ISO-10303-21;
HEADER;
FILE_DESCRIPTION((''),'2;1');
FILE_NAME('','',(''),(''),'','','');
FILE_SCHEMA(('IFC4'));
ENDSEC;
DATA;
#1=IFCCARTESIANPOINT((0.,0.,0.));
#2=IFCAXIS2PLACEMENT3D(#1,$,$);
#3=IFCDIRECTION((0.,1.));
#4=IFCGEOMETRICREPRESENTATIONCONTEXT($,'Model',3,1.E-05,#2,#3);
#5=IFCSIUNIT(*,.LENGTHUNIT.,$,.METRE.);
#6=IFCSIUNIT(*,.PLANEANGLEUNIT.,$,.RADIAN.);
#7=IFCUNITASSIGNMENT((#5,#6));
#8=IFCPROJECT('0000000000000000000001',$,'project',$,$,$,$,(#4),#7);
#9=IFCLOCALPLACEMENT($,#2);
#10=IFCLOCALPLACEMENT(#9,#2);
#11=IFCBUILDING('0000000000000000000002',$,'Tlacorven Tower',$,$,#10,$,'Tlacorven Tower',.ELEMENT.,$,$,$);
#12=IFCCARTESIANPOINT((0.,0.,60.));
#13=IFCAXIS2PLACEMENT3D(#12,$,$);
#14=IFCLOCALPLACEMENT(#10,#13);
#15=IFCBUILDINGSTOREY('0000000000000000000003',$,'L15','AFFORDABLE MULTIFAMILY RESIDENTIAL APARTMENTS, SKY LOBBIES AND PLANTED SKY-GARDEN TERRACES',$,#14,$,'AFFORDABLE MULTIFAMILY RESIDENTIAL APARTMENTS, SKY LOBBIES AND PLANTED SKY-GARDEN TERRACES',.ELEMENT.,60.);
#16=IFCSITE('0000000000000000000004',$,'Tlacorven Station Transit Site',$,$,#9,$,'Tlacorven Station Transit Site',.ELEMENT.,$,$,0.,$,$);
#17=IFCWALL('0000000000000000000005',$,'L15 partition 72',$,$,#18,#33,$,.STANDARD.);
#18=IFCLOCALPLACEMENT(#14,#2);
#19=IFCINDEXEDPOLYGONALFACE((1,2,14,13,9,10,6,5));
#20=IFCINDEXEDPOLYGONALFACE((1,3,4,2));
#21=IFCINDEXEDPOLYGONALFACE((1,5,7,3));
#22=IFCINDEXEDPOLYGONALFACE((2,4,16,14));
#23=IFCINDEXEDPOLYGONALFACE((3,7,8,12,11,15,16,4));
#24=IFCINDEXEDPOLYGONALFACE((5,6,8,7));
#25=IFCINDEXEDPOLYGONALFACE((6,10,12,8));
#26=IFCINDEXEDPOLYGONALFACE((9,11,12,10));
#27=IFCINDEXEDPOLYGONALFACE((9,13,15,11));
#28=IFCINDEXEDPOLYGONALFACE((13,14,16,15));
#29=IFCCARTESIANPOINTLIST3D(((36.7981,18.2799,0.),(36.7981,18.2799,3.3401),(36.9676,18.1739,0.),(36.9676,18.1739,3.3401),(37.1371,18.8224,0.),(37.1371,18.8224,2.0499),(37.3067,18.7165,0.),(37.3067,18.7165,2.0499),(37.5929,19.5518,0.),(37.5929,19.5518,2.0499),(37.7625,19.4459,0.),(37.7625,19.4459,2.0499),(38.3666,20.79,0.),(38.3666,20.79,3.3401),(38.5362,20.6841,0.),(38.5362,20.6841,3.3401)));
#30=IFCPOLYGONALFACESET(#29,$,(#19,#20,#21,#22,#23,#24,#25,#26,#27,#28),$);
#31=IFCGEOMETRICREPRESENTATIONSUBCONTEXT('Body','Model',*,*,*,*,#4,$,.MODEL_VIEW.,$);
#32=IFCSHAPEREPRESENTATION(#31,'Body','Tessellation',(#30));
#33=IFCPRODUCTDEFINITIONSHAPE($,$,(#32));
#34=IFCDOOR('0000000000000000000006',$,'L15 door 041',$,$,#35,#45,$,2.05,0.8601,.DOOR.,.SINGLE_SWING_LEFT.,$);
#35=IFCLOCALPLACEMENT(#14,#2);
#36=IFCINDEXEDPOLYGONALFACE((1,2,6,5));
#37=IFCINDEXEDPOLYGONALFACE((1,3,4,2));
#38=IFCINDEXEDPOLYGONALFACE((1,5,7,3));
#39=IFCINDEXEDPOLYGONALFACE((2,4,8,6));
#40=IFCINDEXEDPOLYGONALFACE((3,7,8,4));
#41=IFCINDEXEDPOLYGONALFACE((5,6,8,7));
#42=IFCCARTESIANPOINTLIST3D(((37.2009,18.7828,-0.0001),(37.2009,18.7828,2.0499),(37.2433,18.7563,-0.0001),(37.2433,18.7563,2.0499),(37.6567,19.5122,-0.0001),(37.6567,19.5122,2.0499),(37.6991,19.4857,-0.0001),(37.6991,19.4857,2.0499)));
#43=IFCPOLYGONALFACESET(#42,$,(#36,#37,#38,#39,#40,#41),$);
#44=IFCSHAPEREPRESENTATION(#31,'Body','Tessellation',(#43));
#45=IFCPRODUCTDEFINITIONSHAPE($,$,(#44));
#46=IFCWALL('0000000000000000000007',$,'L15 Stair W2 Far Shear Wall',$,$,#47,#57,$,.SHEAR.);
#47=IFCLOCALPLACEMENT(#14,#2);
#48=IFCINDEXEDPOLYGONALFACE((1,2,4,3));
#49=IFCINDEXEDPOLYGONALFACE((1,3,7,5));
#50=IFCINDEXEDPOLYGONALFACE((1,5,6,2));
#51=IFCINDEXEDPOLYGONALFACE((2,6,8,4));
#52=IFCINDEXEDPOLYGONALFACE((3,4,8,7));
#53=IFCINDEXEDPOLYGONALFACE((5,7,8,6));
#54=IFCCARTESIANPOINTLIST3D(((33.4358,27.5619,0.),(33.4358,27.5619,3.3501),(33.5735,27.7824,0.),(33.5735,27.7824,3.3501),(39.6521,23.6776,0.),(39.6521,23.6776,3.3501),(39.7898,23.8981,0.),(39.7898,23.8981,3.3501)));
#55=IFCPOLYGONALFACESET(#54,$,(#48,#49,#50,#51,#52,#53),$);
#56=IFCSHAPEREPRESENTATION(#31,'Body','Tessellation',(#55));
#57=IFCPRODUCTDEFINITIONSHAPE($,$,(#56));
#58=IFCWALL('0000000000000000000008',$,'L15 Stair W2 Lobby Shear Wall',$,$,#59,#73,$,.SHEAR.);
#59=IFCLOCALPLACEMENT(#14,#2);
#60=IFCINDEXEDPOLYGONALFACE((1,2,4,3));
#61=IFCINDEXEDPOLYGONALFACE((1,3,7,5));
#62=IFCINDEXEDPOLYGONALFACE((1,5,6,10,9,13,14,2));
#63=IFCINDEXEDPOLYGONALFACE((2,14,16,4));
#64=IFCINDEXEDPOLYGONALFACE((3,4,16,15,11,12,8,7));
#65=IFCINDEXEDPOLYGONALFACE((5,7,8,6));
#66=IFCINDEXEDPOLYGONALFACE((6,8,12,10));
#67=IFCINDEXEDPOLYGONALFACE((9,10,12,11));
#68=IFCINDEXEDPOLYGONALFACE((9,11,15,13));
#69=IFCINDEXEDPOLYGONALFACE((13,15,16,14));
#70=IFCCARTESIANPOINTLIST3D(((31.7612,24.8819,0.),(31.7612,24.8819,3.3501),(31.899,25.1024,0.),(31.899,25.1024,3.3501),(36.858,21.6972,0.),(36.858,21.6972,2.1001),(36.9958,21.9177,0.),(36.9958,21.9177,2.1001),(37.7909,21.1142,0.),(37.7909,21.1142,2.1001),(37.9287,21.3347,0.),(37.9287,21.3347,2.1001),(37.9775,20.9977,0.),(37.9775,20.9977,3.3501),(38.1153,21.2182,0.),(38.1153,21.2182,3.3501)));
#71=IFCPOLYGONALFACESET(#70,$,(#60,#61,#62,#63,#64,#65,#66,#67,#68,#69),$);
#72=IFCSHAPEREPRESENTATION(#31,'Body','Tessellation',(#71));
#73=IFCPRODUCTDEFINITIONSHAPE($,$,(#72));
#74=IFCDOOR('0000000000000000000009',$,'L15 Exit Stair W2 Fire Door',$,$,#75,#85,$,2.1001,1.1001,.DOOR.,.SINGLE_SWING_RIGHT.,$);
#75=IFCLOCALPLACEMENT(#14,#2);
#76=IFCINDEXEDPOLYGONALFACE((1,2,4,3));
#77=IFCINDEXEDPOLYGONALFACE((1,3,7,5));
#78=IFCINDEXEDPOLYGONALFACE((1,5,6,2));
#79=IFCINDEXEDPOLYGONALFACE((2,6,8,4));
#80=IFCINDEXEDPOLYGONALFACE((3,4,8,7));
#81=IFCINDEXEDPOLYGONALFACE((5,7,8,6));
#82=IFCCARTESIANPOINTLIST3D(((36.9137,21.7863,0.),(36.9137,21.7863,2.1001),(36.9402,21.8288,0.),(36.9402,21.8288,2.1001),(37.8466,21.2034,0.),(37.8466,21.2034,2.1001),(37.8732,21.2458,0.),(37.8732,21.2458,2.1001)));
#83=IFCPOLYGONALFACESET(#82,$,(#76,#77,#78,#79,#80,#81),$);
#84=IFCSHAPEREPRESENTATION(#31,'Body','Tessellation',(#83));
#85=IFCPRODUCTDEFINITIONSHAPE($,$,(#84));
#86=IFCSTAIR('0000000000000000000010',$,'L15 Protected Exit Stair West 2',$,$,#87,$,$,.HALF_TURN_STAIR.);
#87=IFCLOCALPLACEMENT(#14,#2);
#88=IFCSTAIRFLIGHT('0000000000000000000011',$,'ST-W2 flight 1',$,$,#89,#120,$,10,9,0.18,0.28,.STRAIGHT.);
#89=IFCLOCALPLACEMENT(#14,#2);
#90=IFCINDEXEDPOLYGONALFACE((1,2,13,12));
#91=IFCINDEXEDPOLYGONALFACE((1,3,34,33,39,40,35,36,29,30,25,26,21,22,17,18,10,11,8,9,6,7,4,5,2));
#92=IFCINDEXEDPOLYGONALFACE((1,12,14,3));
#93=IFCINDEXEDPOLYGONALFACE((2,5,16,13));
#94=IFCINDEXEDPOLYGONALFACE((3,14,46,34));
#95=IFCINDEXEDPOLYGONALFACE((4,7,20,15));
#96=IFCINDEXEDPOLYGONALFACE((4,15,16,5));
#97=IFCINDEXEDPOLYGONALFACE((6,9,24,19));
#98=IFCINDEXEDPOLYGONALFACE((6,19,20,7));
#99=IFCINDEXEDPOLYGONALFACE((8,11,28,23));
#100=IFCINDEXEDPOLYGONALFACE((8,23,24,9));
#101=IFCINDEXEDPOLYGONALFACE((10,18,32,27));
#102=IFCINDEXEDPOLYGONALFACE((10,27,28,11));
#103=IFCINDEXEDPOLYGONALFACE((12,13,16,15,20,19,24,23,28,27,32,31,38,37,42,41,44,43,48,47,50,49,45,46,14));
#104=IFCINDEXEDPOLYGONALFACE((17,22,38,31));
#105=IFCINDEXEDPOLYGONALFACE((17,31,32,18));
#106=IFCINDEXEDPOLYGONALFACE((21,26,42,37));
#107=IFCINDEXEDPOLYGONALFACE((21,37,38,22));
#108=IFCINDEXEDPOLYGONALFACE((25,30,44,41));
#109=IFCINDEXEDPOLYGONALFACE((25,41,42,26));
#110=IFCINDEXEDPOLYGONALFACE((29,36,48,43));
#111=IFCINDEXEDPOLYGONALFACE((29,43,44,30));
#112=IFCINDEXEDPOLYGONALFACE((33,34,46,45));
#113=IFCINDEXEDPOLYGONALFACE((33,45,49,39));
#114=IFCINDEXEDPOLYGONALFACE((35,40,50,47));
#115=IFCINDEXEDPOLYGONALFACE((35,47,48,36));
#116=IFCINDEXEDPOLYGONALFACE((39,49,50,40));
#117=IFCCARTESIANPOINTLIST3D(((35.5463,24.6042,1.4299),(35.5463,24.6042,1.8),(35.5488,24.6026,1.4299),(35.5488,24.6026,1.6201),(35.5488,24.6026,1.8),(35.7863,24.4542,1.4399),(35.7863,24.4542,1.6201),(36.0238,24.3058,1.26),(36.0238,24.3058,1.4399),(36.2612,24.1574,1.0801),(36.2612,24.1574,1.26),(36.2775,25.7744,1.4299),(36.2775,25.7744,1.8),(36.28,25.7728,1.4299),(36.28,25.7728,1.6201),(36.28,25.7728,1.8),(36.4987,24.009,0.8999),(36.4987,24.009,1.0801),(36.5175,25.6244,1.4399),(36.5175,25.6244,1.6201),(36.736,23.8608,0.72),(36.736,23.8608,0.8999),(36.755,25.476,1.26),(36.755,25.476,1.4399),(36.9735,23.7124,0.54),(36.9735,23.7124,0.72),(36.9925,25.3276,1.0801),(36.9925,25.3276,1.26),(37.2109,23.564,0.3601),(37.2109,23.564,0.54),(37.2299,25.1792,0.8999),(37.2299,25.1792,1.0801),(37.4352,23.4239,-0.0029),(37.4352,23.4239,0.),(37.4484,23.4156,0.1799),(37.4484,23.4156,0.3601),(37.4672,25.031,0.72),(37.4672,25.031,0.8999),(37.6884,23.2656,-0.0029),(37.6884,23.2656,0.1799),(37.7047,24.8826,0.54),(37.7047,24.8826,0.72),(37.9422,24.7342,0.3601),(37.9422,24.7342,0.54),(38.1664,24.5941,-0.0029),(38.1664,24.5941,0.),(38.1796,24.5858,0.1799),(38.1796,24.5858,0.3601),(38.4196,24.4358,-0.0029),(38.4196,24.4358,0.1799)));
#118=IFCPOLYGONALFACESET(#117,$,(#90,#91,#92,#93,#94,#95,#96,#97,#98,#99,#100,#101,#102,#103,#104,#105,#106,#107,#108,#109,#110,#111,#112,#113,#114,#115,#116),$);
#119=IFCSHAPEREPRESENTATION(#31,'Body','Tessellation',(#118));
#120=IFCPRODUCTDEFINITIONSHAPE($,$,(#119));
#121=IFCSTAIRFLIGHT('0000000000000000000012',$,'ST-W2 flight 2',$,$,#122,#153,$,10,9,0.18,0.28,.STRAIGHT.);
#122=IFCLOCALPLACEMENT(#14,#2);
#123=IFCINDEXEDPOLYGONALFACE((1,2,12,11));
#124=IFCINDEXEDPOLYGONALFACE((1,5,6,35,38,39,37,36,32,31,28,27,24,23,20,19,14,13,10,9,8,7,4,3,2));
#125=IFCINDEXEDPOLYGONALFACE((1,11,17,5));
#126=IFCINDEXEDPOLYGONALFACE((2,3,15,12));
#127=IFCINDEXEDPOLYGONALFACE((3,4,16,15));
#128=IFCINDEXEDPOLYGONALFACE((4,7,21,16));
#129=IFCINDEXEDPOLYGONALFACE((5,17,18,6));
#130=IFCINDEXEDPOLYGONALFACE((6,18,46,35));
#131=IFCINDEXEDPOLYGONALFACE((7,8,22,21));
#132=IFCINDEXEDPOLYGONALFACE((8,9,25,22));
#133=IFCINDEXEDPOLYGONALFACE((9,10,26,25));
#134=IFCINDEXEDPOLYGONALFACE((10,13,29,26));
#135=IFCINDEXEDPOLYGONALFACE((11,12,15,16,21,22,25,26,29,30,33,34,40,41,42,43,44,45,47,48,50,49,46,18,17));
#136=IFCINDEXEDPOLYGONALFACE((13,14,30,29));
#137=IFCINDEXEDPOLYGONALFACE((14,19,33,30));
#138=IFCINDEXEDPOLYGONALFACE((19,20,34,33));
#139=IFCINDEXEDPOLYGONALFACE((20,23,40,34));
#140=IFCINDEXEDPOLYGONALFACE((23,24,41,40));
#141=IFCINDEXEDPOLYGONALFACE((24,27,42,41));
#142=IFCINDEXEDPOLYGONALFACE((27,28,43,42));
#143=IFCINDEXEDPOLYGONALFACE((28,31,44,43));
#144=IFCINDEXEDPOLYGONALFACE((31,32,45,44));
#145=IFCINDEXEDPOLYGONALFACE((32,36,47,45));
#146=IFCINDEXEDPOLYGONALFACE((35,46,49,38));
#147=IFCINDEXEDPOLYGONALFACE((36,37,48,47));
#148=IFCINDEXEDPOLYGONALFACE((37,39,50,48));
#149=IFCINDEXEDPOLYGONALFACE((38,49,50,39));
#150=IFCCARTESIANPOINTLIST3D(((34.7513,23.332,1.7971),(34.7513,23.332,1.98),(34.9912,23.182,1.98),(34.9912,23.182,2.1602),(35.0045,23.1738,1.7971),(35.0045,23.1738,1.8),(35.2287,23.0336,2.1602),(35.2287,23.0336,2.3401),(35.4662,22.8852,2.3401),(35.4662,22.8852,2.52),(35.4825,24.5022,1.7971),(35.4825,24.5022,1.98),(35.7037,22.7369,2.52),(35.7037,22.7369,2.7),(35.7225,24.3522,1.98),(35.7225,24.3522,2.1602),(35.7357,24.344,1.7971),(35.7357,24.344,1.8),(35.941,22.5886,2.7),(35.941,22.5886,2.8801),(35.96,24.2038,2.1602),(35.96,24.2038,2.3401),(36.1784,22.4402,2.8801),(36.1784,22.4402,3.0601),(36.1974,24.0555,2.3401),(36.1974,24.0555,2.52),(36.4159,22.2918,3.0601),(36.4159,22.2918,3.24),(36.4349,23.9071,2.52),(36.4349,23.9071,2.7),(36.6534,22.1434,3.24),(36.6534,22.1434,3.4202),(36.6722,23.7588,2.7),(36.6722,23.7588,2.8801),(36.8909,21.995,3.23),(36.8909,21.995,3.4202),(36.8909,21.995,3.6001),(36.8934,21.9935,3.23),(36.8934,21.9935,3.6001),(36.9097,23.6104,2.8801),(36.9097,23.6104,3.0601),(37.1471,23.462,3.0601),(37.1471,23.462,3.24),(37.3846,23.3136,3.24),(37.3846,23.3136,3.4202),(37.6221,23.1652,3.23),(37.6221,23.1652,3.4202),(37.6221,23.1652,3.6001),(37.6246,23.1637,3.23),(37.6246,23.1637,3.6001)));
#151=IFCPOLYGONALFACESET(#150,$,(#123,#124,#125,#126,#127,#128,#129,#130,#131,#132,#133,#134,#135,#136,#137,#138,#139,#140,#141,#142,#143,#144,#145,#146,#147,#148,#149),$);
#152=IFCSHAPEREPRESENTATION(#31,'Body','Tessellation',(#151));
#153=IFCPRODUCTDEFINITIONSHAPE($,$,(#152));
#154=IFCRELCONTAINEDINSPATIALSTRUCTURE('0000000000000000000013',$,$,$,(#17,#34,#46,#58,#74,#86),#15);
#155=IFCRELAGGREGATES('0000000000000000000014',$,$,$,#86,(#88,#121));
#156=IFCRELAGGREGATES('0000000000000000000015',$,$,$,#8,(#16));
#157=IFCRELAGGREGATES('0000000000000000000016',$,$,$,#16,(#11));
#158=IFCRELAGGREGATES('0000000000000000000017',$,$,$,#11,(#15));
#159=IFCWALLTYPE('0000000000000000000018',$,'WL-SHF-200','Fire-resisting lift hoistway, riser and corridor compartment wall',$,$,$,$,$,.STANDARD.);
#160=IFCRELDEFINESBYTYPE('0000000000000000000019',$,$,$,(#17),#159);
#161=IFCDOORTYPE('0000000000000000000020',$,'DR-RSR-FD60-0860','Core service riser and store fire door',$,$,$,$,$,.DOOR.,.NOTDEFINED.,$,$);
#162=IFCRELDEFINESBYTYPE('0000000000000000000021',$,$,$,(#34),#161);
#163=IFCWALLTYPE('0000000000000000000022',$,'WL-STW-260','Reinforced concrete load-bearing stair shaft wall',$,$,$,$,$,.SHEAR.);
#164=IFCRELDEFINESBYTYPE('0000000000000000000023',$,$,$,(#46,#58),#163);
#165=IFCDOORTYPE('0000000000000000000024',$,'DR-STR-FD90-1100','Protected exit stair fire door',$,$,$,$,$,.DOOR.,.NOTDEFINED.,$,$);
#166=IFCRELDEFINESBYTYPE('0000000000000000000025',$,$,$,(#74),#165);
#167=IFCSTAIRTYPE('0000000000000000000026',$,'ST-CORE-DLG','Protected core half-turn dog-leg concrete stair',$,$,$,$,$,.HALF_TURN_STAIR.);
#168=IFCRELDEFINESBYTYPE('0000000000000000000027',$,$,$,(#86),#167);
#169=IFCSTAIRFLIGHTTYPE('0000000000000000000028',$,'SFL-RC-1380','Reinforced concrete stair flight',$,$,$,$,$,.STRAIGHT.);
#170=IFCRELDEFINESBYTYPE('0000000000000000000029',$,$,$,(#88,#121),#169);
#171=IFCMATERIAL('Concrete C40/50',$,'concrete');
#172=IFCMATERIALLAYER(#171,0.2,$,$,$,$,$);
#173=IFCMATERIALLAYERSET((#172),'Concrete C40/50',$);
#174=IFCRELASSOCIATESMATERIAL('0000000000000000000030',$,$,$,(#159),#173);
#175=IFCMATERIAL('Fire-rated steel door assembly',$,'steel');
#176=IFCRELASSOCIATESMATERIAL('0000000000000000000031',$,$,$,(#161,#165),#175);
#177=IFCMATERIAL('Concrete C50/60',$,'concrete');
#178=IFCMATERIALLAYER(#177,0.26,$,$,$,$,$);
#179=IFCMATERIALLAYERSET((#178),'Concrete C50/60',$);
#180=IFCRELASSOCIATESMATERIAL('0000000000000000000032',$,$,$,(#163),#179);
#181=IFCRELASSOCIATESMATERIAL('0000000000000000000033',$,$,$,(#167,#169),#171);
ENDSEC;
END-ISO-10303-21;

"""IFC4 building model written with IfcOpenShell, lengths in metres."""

from ifc_helpers import new_model, si_unit, direction, frame, frame_2d, origin, place, context, subcontext, project, spatial, polyline, rectangle, outline, extrude, source, transform, mapped, material, layer, layer_set, type_object, element, fill, aggregate, save


model = new_model("IFC4")

# Units and contexts
model_context = context("Model", 3, precision=1e-05, world=origin(), true_north=direction((0.0, 1.0)))
body_context = subcontext(model_context, "Body", "Model", "MODEL_VIEW")
ifc_project = project(units=[si_unit("LENGTHUNIT", "METRE"), si_unit("PLANEANGLEUNIT", "RADIAN")], contexts=[model_context])

# Site, building, storey
site_placement = place(None, origin())
site = spatial("IfcSite", under=ifc_project, at=site_placement, Name="Tlacorven Station Transit Site", LongName="Tlacorven Station Transit Site", CompositionType="ELEMENT", RefElevation=0.0)
building_placement = place(site_placement, origin())
building = spatial("IfcBuilding", under=site, at=building_placement, Name="Tlacorven Tower", LongName="Tlacorven Tower", CompositionType="ELEMENT")
storey_placement = place(building_placement, frame((0.0, 0.0, 60.0)))
storey = spatial("IfcBuildingStorey", under=building, at=storey_placement, Name="L15", Description="AFFORDABLE MULTIFAMILY RESIDENTIAL APARTMENTS, SKY LOBBIES AND PLANTED SKY-GARDEN TERRACES", LongName="AFFORDABLE MULTIFAMILY RESIDENTIAL APARTMENTS, SKY LOBBIES AND PLANTED SKY-GARDEN TERRACES", CompositionType="ELEMENT", Elevation=60.0)

# Wall, opening, door
ifc_material_1 = material(Name="Concrete C40/50", Category="concrete")
ifc_layer_1 = layer(ifc_material_1, 0.2)
ifc_layer_set_1 = layer_set([ifc_layer_1], Name="Concrete C40/50")
wall_type_1 = type_object("IfcWallType", Name="WL-SHF-200", Description="Fire-resisting lift hoistway, riser and corridor compartment wall", PredefinedType="STANDARD", material=ifc_layer_set_1)
wall_1_placement = place(storey_placement, frame((38.4514, 20.7371, 0.0), z_axis=(0.0, 0.0, 1.0), x_axis=(-0.529925, -0.848045, 0.0)))
wall_1 = element("IfcWall", 1, at=wall_1_placement, inside=storey, type_object=wall_type_1, Name="L15 partition 72", PredefinedType="STANDARD", context=body_context, shape_type="SweptSolid", body=[
    extrude(rectangle(XDim=2.96, YDim=0.2, at=frame_2d((1.48, 0.0))), origin(), (0.0, 0.0, 1.0), 3.3401),
])
opening_1_placement = place(wall_1_placement, frame((1.46, 0.0, 0.0)))
opening_1 = element("IfcOpeningElement", 2, at=opening_1_placement, cuts=wall_1, PredefinedType="OPENING", context=body_context, shape_type="SweptSolid", body=[
    extrude(rectangle(XDim=0.8601, YDim=2.05, at=frame_2d((0.4302, 1.0249))), frame((0.0, 0.1099, 0.0), z_axis=(0.0, -1.0, 0.0), x_axis=(1.0, 0.0, 0.0)), (0.0, 0.0, 1.0), 0.22),
])
ifc_material_2 = material(Name="Fire-rated steel door assembly", Category="steel")
door_type_1 = type_object("IfcDoorType", Name="DR-RSR-FD60-0860", Description="Core service riser and store fire door", OperationType="NOTDEFINED", PredefinedType="DOOR", material=ifc_material_2)
shared_shape_1 = source(origin(), body_context, "Body", "SweptSolid", [
    extrude(rectangle(XDim=0.8601, YDim=2.05, at=frame_2d((0.4302, 1.0249))), frame((0.0, 0.0249, 0.0), z_axis=(0.0, -1.0, 0.0), x_axis=(1.0, 0.0, 0.0)), (0.0, 0.0, 1.0), 0.05),
])
door_1_placement = place(opening_1_placement, frame((0.8601, 0.0, 0.0), z_axis=(0.0, 0.0, 1.0), x_axis=(-1.0, 0.0, 0.0)))
door_1 = element("IfcDoor", 3, at=door_1_placement, inside=storey, type_object=door_type_1, Name="L15 door 041", OperationType="SINGLE_SWING_LEFT", OverallHeight=2.05, OverallWidth=0.8601, PredefinedType="DOOR", context=body_context, shape_type="MappedRepresentation", body=[
    mapped(shared_shape_1, transform((0.0, 0.0, 0.0), scale=1.0)),
])
fill(opening_1, door_1)

# Wall
ifc_material_3 = material(Name="Concrete C50/60", Category="concrete")
ifc_layer_2 = layer(ifc_material_3, 0.26)
ifc_layer_set_2 = layer_set([ifc_layer_2], Name="Concrete C50/60")
wall_type_2 = type_object("IfcWallType", Name="WL-STW-260", Description="Reinforced concrete load-bearing stair shaft wall", PredefinedType="SHEAR", material=ifc_layer_set_2)
wall_2_placement = place(storey_placement, frame((39.7209, 23.7878, 0.0), z_axis=(0.0, 0.0, 1.0), x_axis=(-0.848054, 0.529909, 0.0)))
element("IfcWall", 4, at=wall_2_placement, inside=storey, type_object=wall_type_2, Name="L15 Stair W2 Far Shear Wall", PredefinedType="SHEAR", context=body_context, shape_type="SweptSolid", body=[
    extrude(rectangle(XDim=7.3301, YDim=0.26, at=frame_2d((3.665, 0.0))), origin(), (0.0, 0.0, 1.0), 3.3501),
])

# Wall, opening, door
wall_3_placement = place(storey_placement, frame((38.0464, 21.1079, 0.0), z_axis=(0.0, 0.0, 1.0), x_axis=(-0.848054, 0.529909, 0.0)))
wall_3 = element("IfcWall", 5, at=wall_3_placement, inside=storey, type_object=wall_type_2, Name="L15 Stair W2 Lobby Shear Wall", PredefinedType="SHEAR", context=body_context, shape_type="SweptSolid", body=[
    extrude(rectangle(XDim=7.3301, YDim=0.26, at=frame_2d((3.665, 0.0))), origin(), (0.0, 0.0, 1.0), 3.3501),
])
opening_2_placement = place(wall_3_placement, frame((0.22, 0.0, 0.0)))
opening_2 = element("IfcOpeningElement", 6, at=opening_2_placement, cuts=wall_3, PredefinedType="OPENING", context=body_context, shape_type="SweptSolid", body=[
    extrude(rectangle(XDim=1.1001, YDim=2.1001, at=frame_2d((0.55, 1.05))), frame((0.0, 0.1401, 0.0), z_axis=(0.0, -1.0, 0.0), x_axis=(1.0, 0.0, 0.0)), (0.0, 0.0, 1.0), 0.28),
])
door_type_2 = type_object("IfcDoorType", Name="DR-STR-FD90-1100", Description="Protected exit stair fire door", OperationType="NOTDEFINED", PredefinedType="DOOR", material=ifc_material_2)
shared_shape_2 = source(origin(), body_context, "Body", "SweptSolid", [
    extrude(rectangle(XDim=1.1001, YDim=2.1001, at=frame_2d((0.55, 1.05))), frame((0.0, 0.0249, 0.0), z_axis=(0.0, -1.0, 0.0), x_axis=(1.0, 0.0, 0.0)), (0.0, 0.0, 1.0), 0.05),
])
door_2_placement = place(opening_2_placement, origin())
door_2 = element("IfcDoor", 7, at=door_2_placement, inside=storey, type_object=door_type_2, Name="L15 Exit Stair W2 Fire Door", OperationType="SINGLE_SWING_RIGHT", OverallHeight=2.1001, OverallWidth=1.1001, PredefinedType="DOOR", context=body_context, shape_type="MappedRepresentation", body=[
    mapped(shared_shape_2, transform((0.0, 0.0, 0.0), scale=1.0)),
])
fill(opening_2, door_2)

# Stair, stair flights
stair_type = type_object("IfcStairType", Name="ST-CORE-DLG", Description="Protected core half-turn dog-leg concrete stair", PredefinedType="HALF_TURN_STAIR", material=ifc_material_1)
stair_placement = place(storey_placement, origin())
stair = element("IfcStair", 8, at=stair_placement, inside=storey, type_object=stair_type, Name="L15 Protected Exit Stair West 2", PredefinedType="HALF_TURN_STAIR")
stair_flight_type = type_object("IfcStairFlightType", Name="SFL-RC-1380", Description="Reinforced concrete stair flight", PredefinedType="STRAIGHT", material=ifc_material_1)
shared_shape_3 = source(origin(), body_context, "Body", "SweptSolid", [
    extrude(outline(polyline([(-0.0029, -0.0029), (-0.0029, 0.1799), (0.28, 0.1799), (0.28, 0.3601), (0.5601, 0.3601), (0.5601, 0.54), (0.8401, 0.54), (0.8401, 0.72), (1.1201, 0.72), (1.1201, 0.8999), (1.3999, 0.8999), (1.3999, 1.0801), (1.6799, 1.0801), (1.6799, 1.26), (1.96, 1.26), (1.96, 1.4399), (2.24, 1.4399), (2.24, 1.6201), (2.52, 1.6201), (2.52, 1.8), (2.5229, 1.8), (2.5229, 1.4299), (2.52, 1.4299), (0.2957, 0.0), (0.2957, -0.0029), (-0.0029, -0.0029)])), frame((0.0, 0.6899, 0.0), z_axis=(0.0, -1.0, 0.0), x_axis=(1.0, 0.0, 0.0)), (0.0, 0.0, 1.0), 1.3799),
])
stair_flight_1_placement = place(storey_placement, frame((38.0515, 23.8523, 0.0), z_axis=(0.0, 0.0, 1.0), x_axis=(-0.848048, 0.529919, 0.0)))
stair_flight_1 = element("IfcStairFlight", 9, at=stair_flight_1_placement, type_object=stair_flight_type, Name="ST-W2 flight 1", NumberOfRisers=10, NumberOfTreads=9, PredefinedType="STRAIGHT", RiserHeight=0.18, TreadLength=0.28, context=body_context, shape_type="MappedRepresentation", body=[
    mapped(shared_shape_3, transform((0.0, 0.0, 0.0), scale=1.0)),
])
stair_flight_2_placement = place(storey_placement, frame((35.1194, 23.9155, 1.8), z_axis=(0.0, 0.0, 1.0), x_axis=(0.848048, -0.529919, 0.0)))
stair_flight_2 = element("IfcStairFlight", 10, at=stair_flight_2_placement, type_object=stair_flight_type, Name="ST-W2 flight 2", NumberOfRisers=10, NumberOfTreads=9, PredefinedType="STRAIGHT", RiserHeight=0.18, TreadLength=0.28, context=body_context, shape_type="MappedRepresentation", body=[
    mapped(shared_shape_3, transform((0.0, 0.0, 0.0), scale=1.0)),
])
aggregate(stair, [stair_flight_1, stair_flight_2])

save(model, "model.ifc")
